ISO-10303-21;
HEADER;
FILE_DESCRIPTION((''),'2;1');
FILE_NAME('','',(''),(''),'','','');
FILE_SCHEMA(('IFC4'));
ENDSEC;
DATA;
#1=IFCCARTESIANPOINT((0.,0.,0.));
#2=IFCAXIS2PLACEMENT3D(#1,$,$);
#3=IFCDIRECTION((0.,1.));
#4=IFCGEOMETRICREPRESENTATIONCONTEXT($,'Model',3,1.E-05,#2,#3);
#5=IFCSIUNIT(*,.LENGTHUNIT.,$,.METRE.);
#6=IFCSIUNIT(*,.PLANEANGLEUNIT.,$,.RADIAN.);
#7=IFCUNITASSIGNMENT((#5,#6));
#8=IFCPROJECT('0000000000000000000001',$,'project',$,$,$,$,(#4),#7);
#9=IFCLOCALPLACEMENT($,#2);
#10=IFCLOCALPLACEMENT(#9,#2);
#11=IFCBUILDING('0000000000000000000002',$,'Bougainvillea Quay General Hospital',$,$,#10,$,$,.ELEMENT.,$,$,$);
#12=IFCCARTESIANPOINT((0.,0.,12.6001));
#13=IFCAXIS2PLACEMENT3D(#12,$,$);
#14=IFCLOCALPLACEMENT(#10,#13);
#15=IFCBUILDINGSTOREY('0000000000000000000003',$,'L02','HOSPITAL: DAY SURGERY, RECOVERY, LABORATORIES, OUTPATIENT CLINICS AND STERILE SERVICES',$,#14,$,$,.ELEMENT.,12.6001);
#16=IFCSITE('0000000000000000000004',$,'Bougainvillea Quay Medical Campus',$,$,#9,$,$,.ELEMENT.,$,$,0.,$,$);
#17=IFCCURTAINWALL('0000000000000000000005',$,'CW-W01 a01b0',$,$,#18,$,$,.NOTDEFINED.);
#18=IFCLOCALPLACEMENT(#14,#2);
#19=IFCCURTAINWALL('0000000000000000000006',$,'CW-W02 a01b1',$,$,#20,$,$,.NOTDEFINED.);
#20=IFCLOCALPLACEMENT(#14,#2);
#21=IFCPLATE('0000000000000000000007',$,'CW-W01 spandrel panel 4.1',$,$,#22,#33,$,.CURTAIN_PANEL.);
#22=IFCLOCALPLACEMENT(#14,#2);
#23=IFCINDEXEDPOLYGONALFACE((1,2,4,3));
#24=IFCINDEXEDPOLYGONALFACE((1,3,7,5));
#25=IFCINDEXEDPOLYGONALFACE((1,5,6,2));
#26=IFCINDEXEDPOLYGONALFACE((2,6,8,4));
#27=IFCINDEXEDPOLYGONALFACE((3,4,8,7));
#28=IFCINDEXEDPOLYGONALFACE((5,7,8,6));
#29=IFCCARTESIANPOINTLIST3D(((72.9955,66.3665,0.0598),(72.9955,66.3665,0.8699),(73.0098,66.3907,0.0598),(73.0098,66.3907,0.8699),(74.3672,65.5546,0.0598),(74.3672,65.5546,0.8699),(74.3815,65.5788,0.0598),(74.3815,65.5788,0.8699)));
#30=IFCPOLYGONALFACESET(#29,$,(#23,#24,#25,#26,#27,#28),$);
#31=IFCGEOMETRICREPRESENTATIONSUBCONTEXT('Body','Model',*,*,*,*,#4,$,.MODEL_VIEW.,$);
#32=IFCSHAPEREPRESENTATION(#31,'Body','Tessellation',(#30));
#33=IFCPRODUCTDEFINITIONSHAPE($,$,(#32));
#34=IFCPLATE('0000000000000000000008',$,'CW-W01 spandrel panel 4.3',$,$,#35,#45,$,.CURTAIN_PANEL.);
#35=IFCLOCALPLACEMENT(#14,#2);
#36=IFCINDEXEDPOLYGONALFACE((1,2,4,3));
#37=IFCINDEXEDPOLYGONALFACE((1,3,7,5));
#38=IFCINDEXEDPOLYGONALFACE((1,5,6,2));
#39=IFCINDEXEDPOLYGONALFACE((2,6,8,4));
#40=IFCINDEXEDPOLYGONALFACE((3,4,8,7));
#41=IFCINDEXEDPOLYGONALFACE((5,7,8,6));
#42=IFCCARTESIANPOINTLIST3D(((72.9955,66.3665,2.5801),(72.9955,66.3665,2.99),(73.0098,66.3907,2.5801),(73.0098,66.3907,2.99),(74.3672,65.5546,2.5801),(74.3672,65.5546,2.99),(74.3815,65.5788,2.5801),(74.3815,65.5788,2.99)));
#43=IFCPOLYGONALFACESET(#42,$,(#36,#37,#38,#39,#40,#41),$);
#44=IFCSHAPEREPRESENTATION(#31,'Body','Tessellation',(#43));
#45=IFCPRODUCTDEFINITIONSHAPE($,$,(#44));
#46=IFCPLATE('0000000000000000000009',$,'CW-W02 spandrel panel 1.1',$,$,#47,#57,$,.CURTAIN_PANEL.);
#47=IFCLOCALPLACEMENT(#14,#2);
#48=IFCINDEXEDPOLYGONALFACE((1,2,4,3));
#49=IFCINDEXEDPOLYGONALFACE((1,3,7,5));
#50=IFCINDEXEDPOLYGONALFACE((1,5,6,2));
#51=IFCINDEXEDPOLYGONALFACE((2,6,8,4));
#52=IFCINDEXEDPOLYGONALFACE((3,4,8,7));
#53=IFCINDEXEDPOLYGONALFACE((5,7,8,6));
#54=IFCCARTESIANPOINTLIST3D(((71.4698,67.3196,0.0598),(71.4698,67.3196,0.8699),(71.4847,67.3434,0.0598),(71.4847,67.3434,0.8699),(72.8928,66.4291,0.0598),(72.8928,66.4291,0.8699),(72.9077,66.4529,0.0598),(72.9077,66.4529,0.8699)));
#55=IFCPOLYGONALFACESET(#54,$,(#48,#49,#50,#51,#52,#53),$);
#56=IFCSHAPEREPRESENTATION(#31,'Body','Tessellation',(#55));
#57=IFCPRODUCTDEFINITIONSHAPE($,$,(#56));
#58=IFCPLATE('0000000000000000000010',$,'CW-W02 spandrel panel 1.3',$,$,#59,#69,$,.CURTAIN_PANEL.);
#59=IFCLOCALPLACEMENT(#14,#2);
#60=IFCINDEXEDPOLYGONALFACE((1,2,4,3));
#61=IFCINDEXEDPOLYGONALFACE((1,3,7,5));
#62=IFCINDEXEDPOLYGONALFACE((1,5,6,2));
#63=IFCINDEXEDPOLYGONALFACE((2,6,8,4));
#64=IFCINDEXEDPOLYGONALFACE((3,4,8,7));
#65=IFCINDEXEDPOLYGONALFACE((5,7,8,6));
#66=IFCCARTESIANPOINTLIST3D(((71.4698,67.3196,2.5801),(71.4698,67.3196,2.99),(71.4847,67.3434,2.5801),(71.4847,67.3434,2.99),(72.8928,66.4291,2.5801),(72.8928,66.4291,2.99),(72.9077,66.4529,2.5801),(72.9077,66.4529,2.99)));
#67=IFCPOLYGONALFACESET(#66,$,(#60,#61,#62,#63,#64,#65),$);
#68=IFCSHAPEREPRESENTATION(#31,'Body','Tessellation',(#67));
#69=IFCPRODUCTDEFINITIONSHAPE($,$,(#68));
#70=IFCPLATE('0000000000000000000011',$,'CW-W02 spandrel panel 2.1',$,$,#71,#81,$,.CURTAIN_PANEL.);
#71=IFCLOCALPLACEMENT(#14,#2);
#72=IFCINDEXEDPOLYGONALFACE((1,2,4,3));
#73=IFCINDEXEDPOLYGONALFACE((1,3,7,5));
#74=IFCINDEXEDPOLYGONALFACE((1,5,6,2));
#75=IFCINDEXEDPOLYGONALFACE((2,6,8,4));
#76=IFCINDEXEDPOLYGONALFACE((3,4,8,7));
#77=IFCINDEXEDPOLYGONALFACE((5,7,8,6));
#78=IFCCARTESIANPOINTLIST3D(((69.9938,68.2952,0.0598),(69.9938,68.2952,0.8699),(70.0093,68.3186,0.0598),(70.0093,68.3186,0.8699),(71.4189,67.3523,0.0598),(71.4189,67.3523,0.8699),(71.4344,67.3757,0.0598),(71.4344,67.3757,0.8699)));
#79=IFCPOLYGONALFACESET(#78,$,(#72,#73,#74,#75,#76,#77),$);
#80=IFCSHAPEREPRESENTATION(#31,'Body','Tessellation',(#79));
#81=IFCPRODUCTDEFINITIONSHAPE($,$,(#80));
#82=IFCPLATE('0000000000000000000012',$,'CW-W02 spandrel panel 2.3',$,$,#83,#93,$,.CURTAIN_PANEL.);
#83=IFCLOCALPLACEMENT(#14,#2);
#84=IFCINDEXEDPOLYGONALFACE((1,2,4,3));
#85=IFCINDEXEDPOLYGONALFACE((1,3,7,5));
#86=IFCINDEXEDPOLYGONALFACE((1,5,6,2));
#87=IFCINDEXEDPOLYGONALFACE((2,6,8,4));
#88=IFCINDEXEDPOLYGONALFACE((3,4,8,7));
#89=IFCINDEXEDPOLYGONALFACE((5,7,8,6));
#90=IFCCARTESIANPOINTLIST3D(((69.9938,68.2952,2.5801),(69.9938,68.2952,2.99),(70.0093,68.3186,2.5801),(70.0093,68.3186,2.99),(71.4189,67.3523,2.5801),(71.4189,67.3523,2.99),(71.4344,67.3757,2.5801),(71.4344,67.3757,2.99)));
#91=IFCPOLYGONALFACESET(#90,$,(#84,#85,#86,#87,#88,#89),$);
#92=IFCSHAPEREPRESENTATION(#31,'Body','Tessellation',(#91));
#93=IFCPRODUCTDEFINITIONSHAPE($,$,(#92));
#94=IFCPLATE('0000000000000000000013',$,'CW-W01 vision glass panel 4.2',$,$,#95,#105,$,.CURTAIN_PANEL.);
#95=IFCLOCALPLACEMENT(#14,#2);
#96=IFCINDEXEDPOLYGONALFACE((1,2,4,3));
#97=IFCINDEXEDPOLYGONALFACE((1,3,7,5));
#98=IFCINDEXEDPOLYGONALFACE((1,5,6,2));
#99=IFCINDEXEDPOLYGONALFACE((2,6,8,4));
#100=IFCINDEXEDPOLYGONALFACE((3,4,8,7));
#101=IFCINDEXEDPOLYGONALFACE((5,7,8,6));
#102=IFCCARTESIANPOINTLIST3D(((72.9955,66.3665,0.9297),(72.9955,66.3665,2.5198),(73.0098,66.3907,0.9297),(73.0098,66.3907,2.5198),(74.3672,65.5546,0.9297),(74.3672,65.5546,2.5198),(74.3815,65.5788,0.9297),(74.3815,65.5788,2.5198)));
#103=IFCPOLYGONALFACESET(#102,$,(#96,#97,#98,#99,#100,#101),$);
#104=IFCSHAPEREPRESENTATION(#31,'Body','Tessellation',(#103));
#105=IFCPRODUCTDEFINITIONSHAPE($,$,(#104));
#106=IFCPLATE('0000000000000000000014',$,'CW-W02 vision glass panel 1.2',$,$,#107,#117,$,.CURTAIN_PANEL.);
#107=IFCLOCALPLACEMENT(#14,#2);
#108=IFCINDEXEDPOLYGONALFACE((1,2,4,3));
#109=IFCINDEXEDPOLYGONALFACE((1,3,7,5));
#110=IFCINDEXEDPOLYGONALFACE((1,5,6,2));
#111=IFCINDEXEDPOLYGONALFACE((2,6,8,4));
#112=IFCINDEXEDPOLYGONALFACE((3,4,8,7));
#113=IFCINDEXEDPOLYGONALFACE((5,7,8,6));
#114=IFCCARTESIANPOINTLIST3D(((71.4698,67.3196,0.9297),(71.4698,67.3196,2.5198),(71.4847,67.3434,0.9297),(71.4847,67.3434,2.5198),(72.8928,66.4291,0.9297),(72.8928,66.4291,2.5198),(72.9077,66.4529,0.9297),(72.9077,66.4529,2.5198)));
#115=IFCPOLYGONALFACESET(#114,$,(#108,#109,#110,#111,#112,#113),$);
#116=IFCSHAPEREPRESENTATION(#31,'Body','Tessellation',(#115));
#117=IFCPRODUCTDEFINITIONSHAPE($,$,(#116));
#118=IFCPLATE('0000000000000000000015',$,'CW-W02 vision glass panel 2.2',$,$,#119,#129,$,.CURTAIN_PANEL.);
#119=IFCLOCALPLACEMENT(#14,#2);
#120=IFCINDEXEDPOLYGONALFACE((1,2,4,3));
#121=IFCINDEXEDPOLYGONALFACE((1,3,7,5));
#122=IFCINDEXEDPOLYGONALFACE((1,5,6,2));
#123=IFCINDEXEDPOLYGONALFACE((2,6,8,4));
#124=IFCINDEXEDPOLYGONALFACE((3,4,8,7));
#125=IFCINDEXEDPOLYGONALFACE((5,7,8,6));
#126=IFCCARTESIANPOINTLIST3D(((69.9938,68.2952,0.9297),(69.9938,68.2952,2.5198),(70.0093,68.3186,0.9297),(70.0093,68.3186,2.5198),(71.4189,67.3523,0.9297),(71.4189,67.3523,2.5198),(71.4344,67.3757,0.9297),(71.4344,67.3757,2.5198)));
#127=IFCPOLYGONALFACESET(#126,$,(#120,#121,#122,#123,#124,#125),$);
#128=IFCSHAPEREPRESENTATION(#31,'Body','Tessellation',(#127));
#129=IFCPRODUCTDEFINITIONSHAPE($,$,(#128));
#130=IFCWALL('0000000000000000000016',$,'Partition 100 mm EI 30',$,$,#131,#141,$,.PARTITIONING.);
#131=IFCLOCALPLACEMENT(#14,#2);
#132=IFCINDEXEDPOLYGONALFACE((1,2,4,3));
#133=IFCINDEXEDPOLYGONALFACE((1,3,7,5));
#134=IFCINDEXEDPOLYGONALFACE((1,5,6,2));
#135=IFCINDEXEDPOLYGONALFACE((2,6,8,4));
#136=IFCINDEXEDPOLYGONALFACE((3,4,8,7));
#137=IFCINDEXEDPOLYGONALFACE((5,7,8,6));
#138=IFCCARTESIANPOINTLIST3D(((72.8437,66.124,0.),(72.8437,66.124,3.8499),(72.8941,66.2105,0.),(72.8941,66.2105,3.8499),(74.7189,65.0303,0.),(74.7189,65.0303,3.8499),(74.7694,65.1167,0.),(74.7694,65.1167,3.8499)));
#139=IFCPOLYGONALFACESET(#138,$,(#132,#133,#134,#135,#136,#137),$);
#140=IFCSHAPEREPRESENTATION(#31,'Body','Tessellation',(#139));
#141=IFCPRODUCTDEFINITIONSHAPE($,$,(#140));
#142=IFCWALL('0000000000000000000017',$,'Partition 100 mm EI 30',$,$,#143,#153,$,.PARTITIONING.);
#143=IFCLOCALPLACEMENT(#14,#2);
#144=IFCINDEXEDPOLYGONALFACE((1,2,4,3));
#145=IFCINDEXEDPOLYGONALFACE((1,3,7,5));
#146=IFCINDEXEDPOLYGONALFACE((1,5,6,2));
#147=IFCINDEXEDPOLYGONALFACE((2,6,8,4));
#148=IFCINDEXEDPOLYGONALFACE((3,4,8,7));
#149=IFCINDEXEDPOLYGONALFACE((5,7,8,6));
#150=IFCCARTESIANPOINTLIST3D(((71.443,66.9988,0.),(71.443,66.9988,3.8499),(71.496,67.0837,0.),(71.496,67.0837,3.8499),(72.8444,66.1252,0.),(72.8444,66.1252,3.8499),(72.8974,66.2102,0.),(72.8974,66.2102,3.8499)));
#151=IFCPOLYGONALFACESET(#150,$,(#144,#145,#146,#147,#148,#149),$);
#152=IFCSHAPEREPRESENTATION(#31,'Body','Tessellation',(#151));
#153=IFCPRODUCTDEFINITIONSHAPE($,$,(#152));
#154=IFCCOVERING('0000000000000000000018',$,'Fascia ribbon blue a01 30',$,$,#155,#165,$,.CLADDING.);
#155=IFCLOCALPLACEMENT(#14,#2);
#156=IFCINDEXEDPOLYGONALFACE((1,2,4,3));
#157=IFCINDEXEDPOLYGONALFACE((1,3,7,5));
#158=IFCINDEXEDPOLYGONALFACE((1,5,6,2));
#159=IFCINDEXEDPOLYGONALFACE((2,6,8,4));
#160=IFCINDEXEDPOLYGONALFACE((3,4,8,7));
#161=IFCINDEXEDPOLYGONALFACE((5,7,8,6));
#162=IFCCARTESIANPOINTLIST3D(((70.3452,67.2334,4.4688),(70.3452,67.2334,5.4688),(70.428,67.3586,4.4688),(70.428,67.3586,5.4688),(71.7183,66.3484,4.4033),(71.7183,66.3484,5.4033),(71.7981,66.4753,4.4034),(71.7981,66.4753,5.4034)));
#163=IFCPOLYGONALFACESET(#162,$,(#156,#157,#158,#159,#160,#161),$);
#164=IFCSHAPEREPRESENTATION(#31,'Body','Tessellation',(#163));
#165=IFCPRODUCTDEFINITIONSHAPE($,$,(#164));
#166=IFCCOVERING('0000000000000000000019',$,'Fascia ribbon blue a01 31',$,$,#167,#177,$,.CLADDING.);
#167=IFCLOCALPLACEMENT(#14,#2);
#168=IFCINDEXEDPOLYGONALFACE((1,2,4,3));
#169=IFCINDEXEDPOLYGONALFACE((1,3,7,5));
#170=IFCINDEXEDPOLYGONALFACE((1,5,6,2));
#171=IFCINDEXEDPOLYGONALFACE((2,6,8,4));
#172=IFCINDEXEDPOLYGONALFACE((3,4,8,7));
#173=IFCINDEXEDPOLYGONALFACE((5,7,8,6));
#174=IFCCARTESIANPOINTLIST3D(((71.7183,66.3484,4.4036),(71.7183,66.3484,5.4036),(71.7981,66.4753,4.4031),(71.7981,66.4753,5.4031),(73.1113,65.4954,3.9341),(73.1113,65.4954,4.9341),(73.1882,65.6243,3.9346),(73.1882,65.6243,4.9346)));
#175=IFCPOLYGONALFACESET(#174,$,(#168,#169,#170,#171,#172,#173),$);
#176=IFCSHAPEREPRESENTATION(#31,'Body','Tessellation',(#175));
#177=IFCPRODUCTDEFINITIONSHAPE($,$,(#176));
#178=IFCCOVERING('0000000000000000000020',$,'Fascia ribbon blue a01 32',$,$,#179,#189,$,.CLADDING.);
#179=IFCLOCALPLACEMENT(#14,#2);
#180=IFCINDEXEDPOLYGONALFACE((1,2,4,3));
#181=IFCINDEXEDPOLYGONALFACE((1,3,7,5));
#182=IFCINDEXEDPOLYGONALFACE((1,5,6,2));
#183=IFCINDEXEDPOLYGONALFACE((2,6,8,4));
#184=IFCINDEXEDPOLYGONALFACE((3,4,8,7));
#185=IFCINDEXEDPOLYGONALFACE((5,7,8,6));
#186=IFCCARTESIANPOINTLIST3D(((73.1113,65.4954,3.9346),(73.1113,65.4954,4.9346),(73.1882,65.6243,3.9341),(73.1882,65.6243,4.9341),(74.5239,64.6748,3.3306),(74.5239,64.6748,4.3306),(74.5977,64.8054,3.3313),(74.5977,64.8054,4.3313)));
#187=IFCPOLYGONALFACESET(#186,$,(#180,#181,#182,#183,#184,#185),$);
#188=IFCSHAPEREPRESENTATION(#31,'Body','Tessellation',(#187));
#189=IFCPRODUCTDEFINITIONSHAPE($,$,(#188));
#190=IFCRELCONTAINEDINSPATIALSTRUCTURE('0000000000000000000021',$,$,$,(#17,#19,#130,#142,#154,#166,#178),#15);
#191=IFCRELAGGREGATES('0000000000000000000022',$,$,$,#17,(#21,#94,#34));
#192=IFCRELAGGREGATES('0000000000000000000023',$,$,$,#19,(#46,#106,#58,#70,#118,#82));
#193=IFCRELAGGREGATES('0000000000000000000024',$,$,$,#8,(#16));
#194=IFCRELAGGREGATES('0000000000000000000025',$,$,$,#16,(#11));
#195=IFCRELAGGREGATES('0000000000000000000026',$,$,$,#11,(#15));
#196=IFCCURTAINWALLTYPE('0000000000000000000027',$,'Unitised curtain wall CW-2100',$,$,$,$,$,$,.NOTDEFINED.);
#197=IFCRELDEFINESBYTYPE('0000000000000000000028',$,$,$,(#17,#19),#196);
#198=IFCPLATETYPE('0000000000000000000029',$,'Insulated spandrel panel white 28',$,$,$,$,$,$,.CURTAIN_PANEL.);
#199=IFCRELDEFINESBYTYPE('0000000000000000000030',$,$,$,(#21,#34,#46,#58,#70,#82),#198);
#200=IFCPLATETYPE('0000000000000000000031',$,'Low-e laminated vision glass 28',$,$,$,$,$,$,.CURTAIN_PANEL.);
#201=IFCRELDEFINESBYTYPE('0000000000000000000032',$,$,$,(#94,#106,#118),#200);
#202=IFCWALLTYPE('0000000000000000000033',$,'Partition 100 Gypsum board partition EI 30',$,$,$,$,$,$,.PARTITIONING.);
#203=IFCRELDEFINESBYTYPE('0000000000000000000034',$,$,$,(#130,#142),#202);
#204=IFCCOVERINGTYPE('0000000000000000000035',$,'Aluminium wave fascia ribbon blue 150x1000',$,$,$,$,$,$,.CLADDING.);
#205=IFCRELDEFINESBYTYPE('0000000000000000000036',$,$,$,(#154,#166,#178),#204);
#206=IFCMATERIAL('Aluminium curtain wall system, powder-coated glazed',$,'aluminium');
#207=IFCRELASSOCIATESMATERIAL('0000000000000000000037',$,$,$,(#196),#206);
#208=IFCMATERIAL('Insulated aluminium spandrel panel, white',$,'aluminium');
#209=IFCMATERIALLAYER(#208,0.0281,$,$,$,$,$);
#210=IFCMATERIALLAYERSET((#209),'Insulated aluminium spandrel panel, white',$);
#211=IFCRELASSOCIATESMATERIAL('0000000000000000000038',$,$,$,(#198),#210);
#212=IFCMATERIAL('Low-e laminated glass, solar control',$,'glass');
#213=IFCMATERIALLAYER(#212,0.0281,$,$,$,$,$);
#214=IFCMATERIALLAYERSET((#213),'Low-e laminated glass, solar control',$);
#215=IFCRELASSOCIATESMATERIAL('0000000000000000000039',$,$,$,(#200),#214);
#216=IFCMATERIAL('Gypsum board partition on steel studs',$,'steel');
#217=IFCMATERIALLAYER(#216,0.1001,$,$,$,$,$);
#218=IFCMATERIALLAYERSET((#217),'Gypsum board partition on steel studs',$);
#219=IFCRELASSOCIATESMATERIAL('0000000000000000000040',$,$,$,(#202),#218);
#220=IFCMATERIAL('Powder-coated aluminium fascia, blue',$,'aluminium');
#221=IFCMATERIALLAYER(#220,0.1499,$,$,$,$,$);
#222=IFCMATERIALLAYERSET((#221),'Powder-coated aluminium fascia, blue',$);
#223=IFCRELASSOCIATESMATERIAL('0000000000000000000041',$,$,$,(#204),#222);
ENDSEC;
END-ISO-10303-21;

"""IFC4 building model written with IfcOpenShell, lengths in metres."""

from ifc_helpers import new_model, si_unit, direction, frame, frame_2d, origin, origin_2d, place, context, subcontext, project, spatial, polyline, rectangle, outline, extrude, material, layer, layer_set, type_object, element, aggregate, save


model = new_model("IFC4")

# Units and contexts
model_context = context("Model", 3, precision=1e-05, world=origin(), true_north=direction((0.0, 1.0)))
body_context = subcontext(model_context, "Body", "Model", "MODEL_VIEW")
ifc_project = project(units=[si_unit("LENGTHUNIT", "METRE"), si_unit("PLANEANGLEUNIT", "RADIAN")], contexts=[model_context])

# Site, building, storey
site_placement = place(None, origin())
site = spatial("IfcSite", under=ifc_project, at=site_placement, Name="Bougainvillea Quay Medical Campus", CompositionType="ELEMENT", RefElevation=0.0)
building_placement = place(site_placement, origin())
building = spatial("IfcBuilding", under=site, at=building_placement, Name="Bougainvillea Quay General Hospital", CompositionType="ELEMENT")
storey_placement = place(building_placement, frame((0.0, 0.0, 12.6001)))
storey = spatial("IfcBuildingStorey", under=building, at=storey_placement, Name="L02", Description="HOSPITAL: DAY SURGERY, RECOVERY, LABORATORIES, OUTPATIENT CLINICS AND STERILE SERVICES", CompositionType="ELEMENT", Elevation=12.6001)

# Curtain wall
ifc_material_1 = material(Name="Aluminium curtain wall system, powder-coated glazed", Category="aluminium")
curtain_wall_type = type_object("IfcCurtainWallType", Name="Unitised curtain wall CW-2100", PredefinedType="NOTDEFINED", material=ifc_material_1)
curtain_wall_1_placement = place(storey_placement, origin())
curtain_wall_1 = element("IfcCurtainWall", 1, at=curtain_wall_1_placement, inside=storey, type_object=curtain_wall_type, Name="CW-W01 a01b0", PredefinedType="NOTDEFINED")

# Curtain wall
curtain_wall_2_placement = place(storey_placement, origin())
curtain_wall_2 = element("IfcCurtainWall", 2, at=curtain_wall_2_placement, inside=storey, type_object=curtain_wall_type, Name="CW-W02 a01b1", PredefinedType="NOTDEFINED")

# Plates
ifc_material_2 = material(Name="Insulated aluminium spandrel panel, white", Category="aluminium")
ifc_layer_1 = layer(ifc_material_2, 0.0281)
ifc_layer_set_1 = layer_set([ifc_layer_1], Name="Insulated aluminium spandrel panel, white")
plate_type_1 = type_object("IfcPlateType", Name="Insulated spandrel panel white 28", PredefinedType="CURTAIN_PANEL", material=ifc_layer_set_1)
plate_1_placement = place(storey_placement, frame((73.6885, 65.9727, 0.0598), z_axis=(0.0, 0.0, 1.0), x_axis=(-0.860562, 0.509346, 0.0)))
plate_1 = element("IfcPlate", 3, at=plate_1_placement, type_object=plate_type_1, Name="CW-W01 spandrel panel 4.1", PredefinedType="CURTAIN_PANEL", context=body_context, shape_type="SweptSolid", body=[
    extrude(rectangle(XDim=1.594, YDim=0.0281, at=origin_2d()), origin(), (0.0, 0.0, 1.0), 0.8101),
])
plate_2_placement = place(storey_placement, frame((73.6885, 65.9727, 2.5801), z_axis=(0.0, 0.0, 1.0), x_axis=(-0.860562, 0.509346, 0.0)))
plate_2 = element("IfcPlate", 4, at=plate_2_placement, type_object=plate_type_1, Name="CW-W01 spandrel panel 4.3", PredefinedType="CURTAIN_PANEL", context=body_context, shape_type="SweptSolid", body=[
    extrude(rectangle(XDim=1.594, YDim=0.0281, at=origin_2d()), origin(), (0.0, 0.0, 1.0), 0.4099),
])
plate_3_placement = place(storey_placement, frame((72.1887, 66.8862, 0.0598), z_axis=(0.0, 0.0, 1.0), x_axis=(-0.847692, 0.530489, 0.0)))
plate_3 = element("IfcPlate", 5, at=plate_3_placement, type_object=plate_type_1, Name="CW-W02 spandrel panel 1.1", PredefinedType="CURTAIN_PANEL", context=body_context, shape_type="SweptSolid", body=[
    extrude(rectangle(XDim=1.6787, YDim=0.0281, at=origin_2d()), origin(), (0.0, 0.0, 1.0), 0.8101),
])
plate_4_placement = place(storey_placement, frame((72.1887, 66.8862, 2.5801), z_axis=(0.0, 0.0, 1.0), x_axis=(-0.847692, 0.530489, 0.0)))
plate_4 = element("IfcPlate", 6, at=plate_4_placement, type_object=plate_type_1, Name="CW-W02 spandrel panel 1.3", PredefinedType="CURTAIN_PANEL", context=body_context, shape_type="SweptSolid", body=[
    extrude(rectangle(XDim=1.6787, YDim=0.0281, at=origin_2d()), origin(), (0.0, 0.0, 1.0), 0.4099),
])
plate_5_placement = place(storey_placement, frame((70.7141, 67.8354, 0.0598), z_axis=(0.0, 0.0, 1.0), x_axis=(-0.833968, 0.551813, 0.0)))
plate_5 = element("IfcPlate", 7, at=plate_5_placement, type_object=plate_type_1, Name="CW-W02 spandrel panel 2.1", PredefinedType="CURTAIN_PANEL", context=body_context, shape_type="SweptSolid", body=[
    extrude(rectangle(XDim=1.7087, YDim=0.0281, at=origin_2d()), origin(), (0.0, 0.0, 1.0), 0.8101),
])
plate_6_placement = place(storey_placement, frame((70.7141, 67.8354, 2.5801), z_axis=(0.0, 0.0, 1.0), x_axis=(-0.833968, 0.551813, 0.0)))
plate_6 = element("IfcPlate", 8, at=plate_6_placement, type_object=plate_type_1, Name="CW-W02 spandrel panel 2.3", PredefinedType="CURTAIN_PANEL", context=body_context, shape_type="SweptSolid", body=[
    extrude(rectangle(XDim=1.7087, YDim=0.0281, at=origin_2d()), origin(), (0.0, 0.0, 1.0), 0.4099),
])
ifc_material_3 = material(Name="Low-e laminated glass, solar control", Category="glass")
ifc_layer_2 = layer(ifc_material_3, 0.0281)
ifc_layer_set_2 = layer_set([ifc_layer_2], Name="Low-e laminated glass, solar control")
plate_type_2 = type_object("IfcPlateType", Name="Low-e laminated vision glass 28", PredefinedType="CURTAIN_PANEL", material=ifc_layer_set_2)
plate_7_placement = place(storey_placement, frame((73.6885, 65.9727, 0.9297), z_axis=(0.0, 0.0, 1.0), x_axis=(-0.860562, 0.509346, 0.0)))
plate_7 = element("IfcPlate", 9, at=plate_7_placement, type_object=plate_type_2, Name="CW-W01 vision glass panel 4.2", PredefinedType="CURTAIN_PANEL", context=body_context, shape_type="SweptSolid", body=[
    extrude(rectangle(XDim=1.594, YDim=0.0281, at=origin_2d()), origin(), (0.0, 0.0, 1.0), 1.5901),
])
aggregate(curtain_wall_1, [plate_1, plate_7, plate_2])
plate_8_placement = place(storey_placement, frame((72.1887, 66.8862, 0.9297), z_axis=(0.0, 0.0, 1.0), x_axis=(-0.847692, 0.530489, 0.0)))
plate_8 = element("IfcPlate", 10, at=plate_8_placement, type_object=plate_type_2, Name="CW-W02 vision glass panel 1.2", PredefinedType="CURTAIN_PANEL", context=body_context, shape_type="SweptSolid", body=[
    extrude(rectangle(XDim=1.6787, YDim=0.0281, at=origin_2d()), origin(), (0.0, 0.0, 1.0), 1.5901),
])
plate_9_placement = place(storey_placement, frame((70.7141, 67.8354, 0.9297), z_axis=(0.0, 0.0, 1.0), x_axis=(-0.833968, 0.551813, 0.0)))
plate_9 = element("IfcPlate", 11, at=plate_9_placement, type_object=plate_type_2, Name="CW-W02 vision glass panel 2.2", PredefinedType="CURTAIN_PANEL", context=body_context, shape_type="SweptSolid", body=[
    extrude(rectangle(XDim=1.7087, YDim=0.0281, at=origin_2d()), origin(), (0.0, 0.0, 1.0), 1.5901),
])
aggregate(curtain_wall_2, [plate_3, plate_8, plate_4, plate_5, plate_9, plate_6])

# Walls
ifc_material_4 = material(Name="Gypsum board partition on steel studs", Category="steel")
ifc_layer_3 = layer(ifc_material_4, 0.1001)
ifc_layer_set_3 = layer_set([ifc_layer_3], Name="Gypsum board partition on steel studs")
wall_type = type_object("IfcWallType", Name="Partition 100 Gypsum board partition EI 30", PredefinedType="PARTITIONING", material=ifc_layer_set_3)
wall_1_placement = place(storey_placement, frame((72.8689, 66.1672, 0.0), z_axis=(0.0, 0.0, 1.0), x_axis=(0.863807, -0.503822, 0.0)))
element("IfcWall", 12, at=wall_1_placement, inside=storey, type_object=wall_type, Name="Partition 100 mm EI 30", PredefinedType="PARTITIONING", context=body_context, shape_type="SweptSolid", body=[
    extrude(rectangle(XDim=2.1709, YDim=0.1001, at=frame_2d((1.0854, 0.0))), origin(), (0.0, 0.0, 1.0), 3.8499),
])
wall_2_placement = place(storey_placement, frame((71.4695, 67.0413, 0.0), z_axis=(0.0, 0.0, 1.0), x_axis=(0.848629, -0.528989, 0.0)))
element("IfcWall", 13, at=wall_2_placement, inside=storey, type_object=wall_type, Name="Partition 100 mm EI 30", PredefinedType="PARTITIONING", context=body_context, shape_type="SweptSolid", body=[
    extrude(rectangle(XDim=1.6514, YDim=0.1001, at=frame_2d((0.8257, 0.0))), origin(), (0.0, 0.0, 1.0), 3.8499),
])

# Coverings
ifc_material_5 = material(Name="Powder-coated aluminium fascia, blue", Category="aluminium")
ifc_layer_4 = layer(ifc_material_5, 0.1499)
ifc_layer_set_4 = layer_set([ifc_layer_4], Name="Powder-coated aluminium fascia, blue")
covering_type = type_object("IfcCoveringType", Name="Aluminium wave fascia ribbon blue 150x1000", PredefinedType="CLADDING", material=ifc_layer_set_4)
covering_1_placement = place(storey_placement, frame((70.428, 67.3586, 4.4688), z_axis=(0.033671, -0.021709, 0.999197), x_axis=(0.839802, -0.541412, -0.040063)))
element("IfcCovering", 14, at=covering_1_placement, inside=storey, type_object=covering_type, Name="Fascia ribbon blue a01 30", PredefinedType="CLADDING", context=body_context, shape_type="SweptSolid", body=[
    extrude(outline(polyline([(0.0, 0.0), (1.6315, 0.0), (1.6332, -0.15), (-0.0017, -0.1501), (0.0, 0.0)])), origin(), (-0.040063, 0.000001, 0.999197), 1.0),
])
covering_2_placement = place(storey_placement, frame((71.7981, 66.4753, 4.4031), z_axis=(0.235553, -0.144299, 0.961089), x_axis=(0.819674, -0.501824, -0.276238)))
element("IfcCovering", 15, at=covering_2_placement, inside=storey, type_object=covering_type, Name="Fascia ribbon blue a01 31", PredefinedType="CLADDING", context=body_context, shape_type="SweptSolid", body=[
    extrude(outline(polyline([(0.0, 0.0), (1.696, 0.0), (1.6978, -0.1501), (-0.0019, -0.15), (0.0, 0.0)])), origin(), (-0.276238, 0.000072, 0.961089), 1.0),
])
covering_3_placement = place(storey_placement, frame((73.1882, 65.6243, 3.9341), z_axis=(0.299566, -0.17476, 0.937933), x_axis=(0.810996, -0.471173, -0.346815)))
element("IfcCovering", 16, at=covering_3_placement, inside=storey, type_object=covering_type, Name="Fascia ribbon blue a01 32", PredefinedType="CLADDING", context=body_context, shape_type="SweptSolid", body=[
    extrude(outline(polyline([(0.0, 0.0), (1.7379, 0.0), (1.7399, -0.15), (-0.0018, -0.1501), (0.0, 0.0)])), origin(), (-0.346815, 0.000583, 0.937933), 1.0),
])

save(model, "model.ifc")
